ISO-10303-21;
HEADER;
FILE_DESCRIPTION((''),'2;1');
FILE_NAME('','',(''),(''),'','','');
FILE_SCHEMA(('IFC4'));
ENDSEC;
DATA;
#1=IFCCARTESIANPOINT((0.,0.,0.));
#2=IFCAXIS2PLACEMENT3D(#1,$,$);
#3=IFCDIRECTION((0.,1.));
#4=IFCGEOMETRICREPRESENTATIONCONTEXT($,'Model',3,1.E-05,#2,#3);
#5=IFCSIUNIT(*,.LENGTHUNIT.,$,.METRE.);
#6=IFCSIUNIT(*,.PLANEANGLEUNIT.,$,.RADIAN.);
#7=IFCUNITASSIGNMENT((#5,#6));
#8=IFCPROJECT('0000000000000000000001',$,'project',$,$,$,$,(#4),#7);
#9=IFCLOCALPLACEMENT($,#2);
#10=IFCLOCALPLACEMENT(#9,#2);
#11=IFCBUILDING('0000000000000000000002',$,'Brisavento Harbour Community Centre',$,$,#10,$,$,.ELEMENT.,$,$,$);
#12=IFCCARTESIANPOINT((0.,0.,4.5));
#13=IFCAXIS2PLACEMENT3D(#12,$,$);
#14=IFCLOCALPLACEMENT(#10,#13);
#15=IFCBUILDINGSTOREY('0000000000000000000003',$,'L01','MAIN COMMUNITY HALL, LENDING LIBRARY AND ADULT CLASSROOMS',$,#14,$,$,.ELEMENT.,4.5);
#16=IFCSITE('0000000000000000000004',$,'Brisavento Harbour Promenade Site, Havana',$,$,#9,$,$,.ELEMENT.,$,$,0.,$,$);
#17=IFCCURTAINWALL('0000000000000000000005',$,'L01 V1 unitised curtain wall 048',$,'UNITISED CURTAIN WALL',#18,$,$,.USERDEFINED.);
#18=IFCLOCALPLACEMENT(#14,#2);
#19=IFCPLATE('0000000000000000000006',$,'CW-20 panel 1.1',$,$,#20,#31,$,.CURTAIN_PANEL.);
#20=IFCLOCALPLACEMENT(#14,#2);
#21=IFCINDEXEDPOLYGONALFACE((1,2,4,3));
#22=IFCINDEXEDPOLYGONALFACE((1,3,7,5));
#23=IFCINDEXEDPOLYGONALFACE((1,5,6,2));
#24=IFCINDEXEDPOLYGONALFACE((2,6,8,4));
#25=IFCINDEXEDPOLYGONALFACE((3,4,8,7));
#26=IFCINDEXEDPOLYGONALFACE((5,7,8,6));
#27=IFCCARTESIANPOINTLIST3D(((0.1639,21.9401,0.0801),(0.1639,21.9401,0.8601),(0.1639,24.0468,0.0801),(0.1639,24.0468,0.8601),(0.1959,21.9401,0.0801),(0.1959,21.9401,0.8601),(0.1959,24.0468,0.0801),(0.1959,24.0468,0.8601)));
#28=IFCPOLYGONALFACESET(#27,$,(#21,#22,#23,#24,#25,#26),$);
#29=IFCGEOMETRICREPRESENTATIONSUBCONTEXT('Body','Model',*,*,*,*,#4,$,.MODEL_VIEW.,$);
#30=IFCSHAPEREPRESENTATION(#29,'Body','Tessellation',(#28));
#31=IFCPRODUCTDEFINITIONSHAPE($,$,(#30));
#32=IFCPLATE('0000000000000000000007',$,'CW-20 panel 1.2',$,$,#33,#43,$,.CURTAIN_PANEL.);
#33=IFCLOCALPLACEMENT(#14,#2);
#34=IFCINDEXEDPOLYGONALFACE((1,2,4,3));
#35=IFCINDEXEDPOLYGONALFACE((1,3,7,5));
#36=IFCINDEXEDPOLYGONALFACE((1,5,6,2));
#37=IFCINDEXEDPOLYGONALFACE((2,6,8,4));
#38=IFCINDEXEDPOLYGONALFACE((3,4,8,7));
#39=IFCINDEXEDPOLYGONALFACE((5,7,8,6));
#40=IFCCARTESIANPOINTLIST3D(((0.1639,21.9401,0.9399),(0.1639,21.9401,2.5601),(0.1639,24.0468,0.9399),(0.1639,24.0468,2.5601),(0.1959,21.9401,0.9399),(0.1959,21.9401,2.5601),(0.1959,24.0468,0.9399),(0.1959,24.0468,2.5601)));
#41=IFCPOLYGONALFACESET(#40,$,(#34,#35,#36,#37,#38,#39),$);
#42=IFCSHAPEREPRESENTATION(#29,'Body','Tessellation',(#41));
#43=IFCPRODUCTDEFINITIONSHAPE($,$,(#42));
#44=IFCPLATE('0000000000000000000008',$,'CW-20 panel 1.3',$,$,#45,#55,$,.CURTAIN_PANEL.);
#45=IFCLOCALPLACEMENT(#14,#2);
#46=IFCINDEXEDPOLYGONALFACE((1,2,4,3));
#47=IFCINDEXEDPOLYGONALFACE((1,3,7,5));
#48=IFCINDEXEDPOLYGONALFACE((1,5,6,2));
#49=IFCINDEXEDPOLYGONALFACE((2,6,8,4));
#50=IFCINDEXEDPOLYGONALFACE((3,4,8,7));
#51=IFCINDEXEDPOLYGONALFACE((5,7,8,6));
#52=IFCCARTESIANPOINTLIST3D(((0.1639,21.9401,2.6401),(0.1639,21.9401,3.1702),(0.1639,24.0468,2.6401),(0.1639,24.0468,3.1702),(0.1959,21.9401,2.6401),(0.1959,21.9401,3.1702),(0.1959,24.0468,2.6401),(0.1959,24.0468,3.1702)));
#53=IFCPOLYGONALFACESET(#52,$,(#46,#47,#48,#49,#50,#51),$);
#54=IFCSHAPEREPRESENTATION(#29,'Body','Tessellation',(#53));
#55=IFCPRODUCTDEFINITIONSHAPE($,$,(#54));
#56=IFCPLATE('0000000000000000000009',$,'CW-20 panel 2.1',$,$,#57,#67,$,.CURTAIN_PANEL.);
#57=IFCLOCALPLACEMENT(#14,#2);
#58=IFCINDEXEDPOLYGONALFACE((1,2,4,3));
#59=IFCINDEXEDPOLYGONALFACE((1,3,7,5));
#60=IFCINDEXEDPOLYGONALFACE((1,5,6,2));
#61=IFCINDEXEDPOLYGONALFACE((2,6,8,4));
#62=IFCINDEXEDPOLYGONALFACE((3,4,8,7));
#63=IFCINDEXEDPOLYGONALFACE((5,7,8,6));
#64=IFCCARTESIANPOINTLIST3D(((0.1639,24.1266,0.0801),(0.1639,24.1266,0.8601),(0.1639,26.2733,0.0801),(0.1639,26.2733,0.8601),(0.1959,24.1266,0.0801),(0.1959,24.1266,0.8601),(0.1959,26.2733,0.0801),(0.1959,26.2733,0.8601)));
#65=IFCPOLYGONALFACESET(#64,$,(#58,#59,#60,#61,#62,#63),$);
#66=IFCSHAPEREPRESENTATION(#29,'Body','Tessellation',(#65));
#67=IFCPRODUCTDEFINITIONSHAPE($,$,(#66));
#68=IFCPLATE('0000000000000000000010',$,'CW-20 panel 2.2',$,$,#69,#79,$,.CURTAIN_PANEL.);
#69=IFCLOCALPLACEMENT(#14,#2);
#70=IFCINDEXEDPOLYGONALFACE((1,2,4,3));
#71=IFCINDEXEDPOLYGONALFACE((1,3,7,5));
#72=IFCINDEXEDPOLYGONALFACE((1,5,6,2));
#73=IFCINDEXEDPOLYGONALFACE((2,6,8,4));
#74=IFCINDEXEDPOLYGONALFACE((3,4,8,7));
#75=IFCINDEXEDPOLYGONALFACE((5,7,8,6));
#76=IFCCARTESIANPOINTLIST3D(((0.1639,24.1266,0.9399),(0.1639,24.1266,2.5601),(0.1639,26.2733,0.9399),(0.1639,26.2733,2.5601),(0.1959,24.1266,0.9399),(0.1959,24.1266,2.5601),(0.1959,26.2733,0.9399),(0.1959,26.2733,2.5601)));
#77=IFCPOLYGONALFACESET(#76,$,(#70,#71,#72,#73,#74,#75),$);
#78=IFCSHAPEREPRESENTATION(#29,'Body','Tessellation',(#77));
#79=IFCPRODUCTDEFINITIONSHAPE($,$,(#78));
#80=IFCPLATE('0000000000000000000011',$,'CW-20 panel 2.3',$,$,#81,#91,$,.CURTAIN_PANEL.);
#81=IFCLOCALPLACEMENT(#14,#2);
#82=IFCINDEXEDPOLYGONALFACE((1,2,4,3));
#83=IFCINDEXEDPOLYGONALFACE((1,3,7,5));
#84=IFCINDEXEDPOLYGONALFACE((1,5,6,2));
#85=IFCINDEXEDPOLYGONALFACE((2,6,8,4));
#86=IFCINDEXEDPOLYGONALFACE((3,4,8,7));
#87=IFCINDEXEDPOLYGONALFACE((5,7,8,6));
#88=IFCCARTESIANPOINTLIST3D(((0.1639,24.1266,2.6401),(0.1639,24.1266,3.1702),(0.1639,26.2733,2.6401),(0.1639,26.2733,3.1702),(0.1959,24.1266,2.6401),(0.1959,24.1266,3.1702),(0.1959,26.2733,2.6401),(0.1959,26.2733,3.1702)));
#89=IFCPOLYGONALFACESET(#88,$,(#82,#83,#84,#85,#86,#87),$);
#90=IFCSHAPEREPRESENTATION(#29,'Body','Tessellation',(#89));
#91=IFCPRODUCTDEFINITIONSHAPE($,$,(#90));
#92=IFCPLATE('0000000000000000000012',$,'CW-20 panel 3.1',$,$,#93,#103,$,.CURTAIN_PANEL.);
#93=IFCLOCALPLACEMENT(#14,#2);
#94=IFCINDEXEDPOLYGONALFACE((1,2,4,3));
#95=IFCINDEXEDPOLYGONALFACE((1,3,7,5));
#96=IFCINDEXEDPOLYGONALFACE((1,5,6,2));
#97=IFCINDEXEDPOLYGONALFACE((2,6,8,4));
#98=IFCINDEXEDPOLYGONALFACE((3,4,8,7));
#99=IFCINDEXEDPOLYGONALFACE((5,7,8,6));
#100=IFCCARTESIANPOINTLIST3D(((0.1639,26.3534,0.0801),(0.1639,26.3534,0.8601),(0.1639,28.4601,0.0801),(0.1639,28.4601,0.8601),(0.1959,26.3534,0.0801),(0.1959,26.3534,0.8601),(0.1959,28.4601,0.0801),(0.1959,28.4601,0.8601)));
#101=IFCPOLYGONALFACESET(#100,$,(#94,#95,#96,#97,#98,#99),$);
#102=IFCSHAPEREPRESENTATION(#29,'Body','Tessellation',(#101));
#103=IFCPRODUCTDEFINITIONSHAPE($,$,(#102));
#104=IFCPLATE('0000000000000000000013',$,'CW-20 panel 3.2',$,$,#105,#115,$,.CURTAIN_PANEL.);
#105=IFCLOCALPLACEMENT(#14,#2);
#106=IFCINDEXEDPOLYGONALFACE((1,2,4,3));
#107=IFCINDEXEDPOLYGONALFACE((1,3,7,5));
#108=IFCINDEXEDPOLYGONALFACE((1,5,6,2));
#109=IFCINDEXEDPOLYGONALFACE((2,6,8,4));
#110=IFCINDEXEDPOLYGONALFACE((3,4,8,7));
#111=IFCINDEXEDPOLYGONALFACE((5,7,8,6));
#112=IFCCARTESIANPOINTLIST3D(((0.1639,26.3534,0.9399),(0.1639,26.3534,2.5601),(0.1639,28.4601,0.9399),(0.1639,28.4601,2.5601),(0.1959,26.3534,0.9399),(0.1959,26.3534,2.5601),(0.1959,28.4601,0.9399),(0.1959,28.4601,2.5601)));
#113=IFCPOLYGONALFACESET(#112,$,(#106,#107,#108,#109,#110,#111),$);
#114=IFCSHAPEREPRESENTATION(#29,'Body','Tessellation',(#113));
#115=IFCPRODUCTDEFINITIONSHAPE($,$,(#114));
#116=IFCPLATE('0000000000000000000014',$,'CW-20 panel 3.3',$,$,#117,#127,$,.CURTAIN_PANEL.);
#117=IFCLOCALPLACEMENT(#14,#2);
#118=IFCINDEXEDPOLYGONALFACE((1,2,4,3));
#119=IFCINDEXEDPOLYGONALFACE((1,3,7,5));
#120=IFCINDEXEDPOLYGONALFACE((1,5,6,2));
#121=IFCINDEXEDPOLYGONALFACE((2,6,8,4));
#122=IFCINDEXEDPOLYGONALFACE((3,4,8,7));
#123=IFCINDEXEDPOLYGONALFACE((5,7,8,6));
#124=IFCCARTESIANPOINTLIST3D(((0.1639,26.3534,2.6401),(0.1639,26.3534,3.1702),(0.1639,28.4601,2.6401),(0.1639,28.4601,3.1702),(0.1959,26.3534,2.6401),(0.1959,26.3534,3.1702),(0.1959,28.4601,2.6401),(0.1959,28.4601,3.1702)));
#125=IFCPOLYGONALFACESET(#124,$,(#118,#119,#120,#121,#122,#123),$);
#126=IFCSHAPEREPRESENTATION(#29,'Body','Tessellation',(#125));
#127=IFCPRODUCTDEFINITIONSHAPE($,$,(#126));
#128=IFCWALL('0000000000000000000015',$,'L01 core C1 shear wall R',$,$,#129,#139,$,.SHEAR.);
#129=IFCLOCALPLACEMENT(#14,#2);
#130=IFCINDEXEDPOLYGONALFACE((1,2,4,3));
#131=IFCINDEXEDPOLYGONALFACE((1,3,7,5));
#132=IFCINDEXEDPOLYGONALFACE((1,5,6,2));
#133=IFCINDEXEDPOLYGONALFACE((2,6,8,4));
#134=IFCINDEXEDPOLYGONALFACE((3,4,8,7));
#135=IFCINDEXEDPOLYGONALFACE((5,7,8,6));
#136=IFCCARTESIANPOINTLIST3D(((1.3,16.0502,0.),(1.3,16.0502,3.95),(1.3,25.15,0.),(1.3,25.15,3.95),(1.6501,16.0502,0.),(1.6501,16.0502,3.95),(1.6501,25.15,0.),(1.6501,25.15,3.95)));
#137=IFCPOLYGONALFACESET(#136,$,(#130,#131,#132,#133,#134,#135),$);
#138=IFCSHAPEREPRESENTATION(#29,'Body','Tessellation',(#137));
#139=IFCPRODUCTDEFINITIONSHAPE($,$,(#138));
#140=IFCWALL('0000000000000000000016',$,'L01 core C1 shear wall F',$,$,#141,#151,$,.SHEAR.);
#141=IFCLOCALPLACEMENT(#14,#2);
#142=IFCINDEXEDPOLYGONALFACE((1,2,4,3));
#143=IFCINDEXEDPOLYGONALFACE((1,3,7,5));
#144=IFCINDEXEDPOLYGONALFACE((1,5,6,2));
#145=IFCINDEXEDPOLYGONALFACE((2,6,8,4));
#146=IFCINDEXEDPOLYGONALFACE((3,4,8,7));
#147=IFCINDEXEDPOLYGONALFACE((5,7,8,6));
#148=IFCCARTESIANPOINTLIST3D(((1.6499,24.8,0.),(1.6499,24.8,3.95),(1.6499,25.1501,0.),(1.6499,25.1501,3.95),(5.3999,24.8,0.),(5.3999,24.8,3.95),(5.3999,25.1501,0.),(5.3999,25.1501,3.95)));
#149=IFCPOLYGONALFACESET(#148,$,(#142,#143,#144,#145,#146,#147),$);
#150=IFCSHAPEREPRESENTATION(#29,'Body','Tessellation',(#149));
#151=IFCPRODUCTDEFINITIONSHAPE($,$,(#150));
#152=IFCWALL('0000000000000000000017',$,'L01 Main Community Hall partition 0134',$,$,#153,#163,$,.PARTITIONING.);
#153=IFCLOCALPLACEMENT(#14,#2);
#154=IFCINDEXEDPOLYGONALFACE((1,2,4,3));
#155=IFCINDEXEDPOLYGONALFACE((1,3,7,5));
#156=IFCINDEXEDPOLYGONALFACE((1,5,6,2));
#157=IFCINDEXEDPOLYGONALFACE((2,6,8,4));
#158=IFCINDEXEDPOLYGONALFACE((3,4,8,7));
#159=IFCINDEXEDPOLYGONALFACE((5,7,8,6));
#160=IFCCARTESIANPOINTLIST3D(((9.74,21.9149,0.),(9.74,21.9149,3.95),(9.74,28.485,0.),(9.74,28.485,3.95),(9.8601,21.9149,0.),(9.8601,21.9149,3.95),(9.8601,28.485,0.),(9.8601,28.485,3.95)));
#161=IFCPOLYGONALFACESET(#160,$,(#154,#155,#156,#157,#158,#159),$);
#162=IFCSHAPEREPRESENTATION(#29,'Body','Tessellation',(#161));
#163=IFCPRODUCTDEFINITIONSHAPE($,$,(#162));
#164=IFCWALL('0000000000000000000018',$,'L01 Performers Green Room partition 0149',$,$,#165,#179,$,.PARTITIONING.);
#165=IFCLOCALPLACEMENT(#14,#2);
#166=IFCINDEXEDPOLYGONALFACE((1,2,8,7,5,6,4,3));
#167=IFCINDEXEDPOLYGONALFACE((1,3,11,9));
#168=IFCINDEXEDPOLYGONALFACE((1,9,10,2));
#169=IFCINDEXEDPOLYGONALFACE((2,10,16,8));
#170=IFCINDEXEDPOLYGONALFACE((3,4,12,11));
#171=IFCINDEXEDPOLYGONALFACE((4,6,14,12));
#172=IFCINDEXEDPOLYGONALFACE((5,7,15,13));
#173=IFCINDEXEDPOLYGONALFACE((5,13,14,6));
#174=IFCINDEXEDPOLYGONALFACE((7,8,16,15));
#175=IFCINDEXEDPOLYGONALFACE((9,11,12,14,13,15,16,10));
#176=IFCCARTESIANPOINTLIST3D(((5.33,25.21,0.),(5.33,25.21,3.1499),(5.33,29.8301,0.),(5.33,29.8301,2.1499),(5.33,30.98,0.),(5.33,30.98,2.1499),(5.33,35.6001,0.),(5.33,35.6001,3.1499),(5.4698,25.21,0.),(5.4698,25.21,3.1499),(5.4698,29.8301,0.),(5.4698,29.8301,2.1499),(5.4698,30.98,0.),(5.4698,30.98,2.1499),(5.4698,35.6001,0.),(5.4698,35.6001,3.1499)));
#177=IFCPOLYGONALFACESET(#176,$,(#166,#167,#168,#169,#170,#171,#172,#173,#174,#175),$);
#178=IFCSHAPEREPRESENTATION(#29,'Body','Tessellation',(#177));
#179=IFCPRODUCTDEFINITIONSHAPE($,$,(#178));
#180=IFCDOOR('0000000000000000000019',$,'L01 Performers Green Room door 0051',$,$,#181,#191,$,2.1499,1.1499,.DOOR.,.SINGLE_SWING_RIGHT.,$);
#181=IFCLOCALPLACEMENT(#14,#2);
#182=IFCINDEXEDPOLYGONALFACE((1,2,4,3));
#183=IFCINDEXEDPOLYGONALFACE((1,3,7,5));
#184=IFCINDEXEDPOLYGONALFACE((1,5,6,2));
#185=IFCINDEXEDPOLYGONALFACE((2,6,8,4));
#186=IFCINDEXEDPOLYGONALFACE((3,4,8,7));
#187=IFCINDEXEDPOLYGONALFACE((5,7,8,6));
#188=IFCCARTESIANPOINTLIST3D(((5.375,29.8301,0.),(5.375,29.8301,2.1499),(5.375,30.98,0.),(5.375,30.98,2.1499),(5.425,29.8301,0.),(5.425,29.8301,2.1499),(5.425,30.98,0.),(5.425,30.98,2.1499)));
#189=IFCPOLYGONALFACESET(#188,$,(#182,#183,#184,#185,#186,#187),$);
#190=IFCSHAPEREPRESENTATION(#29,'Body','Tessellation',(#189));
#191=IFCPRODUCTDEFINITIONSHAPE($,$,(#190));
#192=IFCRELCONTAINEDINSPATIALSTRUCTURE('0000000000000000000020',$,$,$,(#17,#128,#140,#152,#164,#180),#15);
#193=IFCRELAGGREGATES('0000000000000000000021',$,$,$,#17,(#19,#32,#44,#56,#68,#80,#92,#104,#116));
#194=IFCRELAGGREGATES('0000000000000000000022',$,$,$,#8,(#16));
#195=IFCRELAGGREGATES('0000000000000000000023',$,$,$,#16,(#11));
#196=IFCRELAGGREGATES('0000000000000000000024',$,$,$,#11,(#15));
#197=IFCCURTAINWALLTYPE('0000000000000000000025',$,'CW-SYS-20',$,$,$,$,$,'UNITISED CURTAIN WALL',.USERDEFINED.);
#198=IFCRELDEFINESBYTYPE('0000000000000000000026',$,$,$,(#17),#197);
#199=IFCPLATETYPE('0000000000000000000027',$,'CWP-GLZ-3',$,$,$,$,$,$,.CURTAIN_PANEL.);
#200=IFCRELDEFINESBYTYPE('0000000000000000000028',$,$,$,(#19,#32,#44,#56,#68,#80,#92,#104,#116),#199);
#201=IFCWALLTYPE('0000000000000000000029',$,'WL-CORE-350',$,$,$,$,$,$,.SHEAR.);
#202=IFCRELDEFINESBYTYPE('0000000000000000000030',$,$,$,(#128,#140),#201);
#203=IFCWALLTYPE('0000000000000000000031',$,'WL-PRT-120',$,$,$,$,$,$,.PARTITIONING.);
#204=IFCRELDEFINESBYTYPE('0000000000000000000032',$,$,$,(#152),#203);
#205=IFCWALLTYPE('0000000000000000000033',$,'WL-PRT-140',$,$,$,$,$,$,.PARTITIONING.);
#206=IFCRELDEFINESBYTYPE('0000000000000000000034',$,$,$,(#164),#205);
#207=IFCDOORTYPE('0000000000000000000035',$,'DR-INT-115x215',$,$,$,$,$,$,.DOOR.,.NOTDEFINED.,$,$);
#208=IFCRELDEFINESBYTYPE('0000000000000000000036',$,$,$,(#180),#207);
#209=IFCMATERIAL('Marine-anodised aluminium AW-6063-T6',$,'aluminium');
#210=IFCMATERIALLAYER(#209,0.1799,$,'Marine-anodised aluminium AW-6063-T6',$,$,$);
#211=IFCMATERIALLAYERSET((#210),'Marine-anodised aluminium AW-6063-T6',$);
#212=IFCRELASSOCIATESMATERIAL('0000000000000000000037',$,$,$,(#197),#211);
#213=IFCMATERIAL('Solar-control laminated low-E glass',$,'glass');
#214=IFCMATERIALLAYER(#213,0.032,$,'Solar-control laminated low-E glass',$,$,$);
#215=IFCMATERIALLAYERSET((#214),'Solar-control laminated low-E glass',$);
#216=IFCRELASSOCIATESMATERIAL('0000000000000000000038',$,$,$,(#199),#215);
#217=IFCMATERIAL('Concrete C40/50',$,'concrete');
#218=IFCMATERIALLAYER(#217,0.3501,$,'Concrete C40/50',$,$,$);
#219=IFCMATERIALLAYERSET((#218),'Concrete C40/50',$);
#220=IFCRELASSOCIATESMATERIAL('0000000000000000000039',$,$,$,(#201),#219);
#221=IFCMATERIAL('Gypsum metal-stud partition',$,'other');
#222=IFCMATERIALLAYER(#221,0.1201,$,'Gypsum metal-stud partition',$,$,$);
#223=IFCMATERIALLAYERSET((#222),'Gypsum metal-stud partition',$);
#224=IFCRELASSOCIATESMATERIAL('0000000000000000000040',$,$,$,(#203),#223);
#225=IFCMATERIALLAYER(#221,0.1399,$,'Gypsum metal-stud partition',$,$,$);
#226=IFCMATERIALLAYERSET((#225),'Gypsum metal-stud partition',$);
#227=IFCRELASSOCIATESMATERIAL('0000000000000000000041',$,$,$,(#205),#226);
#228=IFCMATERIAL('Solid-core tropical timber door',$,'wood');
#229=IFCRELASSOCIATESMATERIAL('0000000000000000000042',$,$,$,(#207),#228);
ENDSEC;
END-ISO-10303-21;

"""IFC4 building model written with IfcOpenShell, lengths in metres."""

from ifc_helpers import new_model, si_unit, direction, frame, frame_2d, origin, origin_2d, place, context, subcontext, project, spatial, rectangle, extrude, material, layer, layer_set, type_object, element, fill, aggregate, save


model = new_model("IFC4")

# Units and contexts
model_context = context("Model", 3, precision=1e-05, world=origin(), true_north=direction((0.0, 1.0)))
body_context = subcontext(model_context, "Body", "Model", "MODEL_VIEW")
ifc_project = project(units=[si_unit("LENGTHUNIT", "METRE"), si_unit("PLANEANGLEUNIT", "RADIAN")], contexts=[model_context])

# Site, building, storey
site_placement = place(None, origin())
site = spatial("IfcSite", under=ifc_project, at=site_placement, Name="Brisavento Harbour Promenade Site, Havana", CompositionType="ELEMENT", RefElevation=0.0)
building_placement = place(site_placement, origin())
building = spatial("IfcBuilding", under=site, at=building_placement, Name="Brisavento Harbour Community Centre", CompositionType="ELEMENT")
storey_placement = place(building_placement, frame((0.0, 0.0, 4.5)))
storey = spatial("IfcBuildingStorey", under=building, at=storey_placement, Name="L01", Description="MAIN COMMUNITY HALL, LENDING LIBRARY AND ADULT CLASSROOMS", CompositionType="ELEMENT", Elevation=4.5)

# Curtain wall, plates
ifc_material_1 = material(Name="Marine-anodised aluminium AW-6063-T6", Category="aluminium")
ifc_layer_1 = layer(ifc_material_1, 0.1799, Name="Marine-anodised aluminium AW-6063-T6")
ifc_layer_set_1 = layer_set([ifc_layer_1], Name="Marine-anodised aluminium AW-6063-T6")
curtain_wall_type = type_object("IfcCurtainWallType", Name="CW-SYS-20", ElementType="UNITISED CURTAIN WALL", PredefinedType="USERDEFINED", material=ifc_layer_set_1)
curtain_wall_placement = place(storey_placement, origin())
curtain_wall = element("IfcCurtainWall", 1, at=curtain_wall_placement, inside=storey, type_object=curtain_wall_type, Name="L01 V1 unitised curtain wall 048", ObjectType="UNITISED CURTAIN WALL", PredefinedType="USERDEFINED")
ifc_material_2 = material(Name="Solar-control laminated low-E glass", Category="glass")
ifc_layer_2 = layer(ifc_material_2, 0.032, Name="Solar-control laminated low-E glass")
ifc_layer_set_2 = layer_set([ifc_layer_2], Name="Solar-control laminated low-E glass")
plate_type = type_object("IfcPlateType", Name="CWP-GLZ-3", PredefinedType="CURTAIN_PANEL", material=ifc_layer_set_2)
plate_1_placement = place(storey_placement, frame((0.1799, 22.9934, 0.0801), z_axis=(0.0, 0.0, 1.0), x_axis=(0.0, 1.0, 0.0)))
plate_1 = element("IfcPlate", 2, at=plate_1_placement, type_object=plate_type, Name="CW-20 panel 1.1", PredefinedType="CURTAIN_PANEL", context=body_context, shape_type="SweptSolid", body=[
    extrude(rectangle(XDim=2.1067, YDim=0.032, at=origin_2d()), origin(), (0.0, 0.0, 1.0), 0.78),
])
plate_2_placement = place(storey_placement, frame((0.1799, 22.9934, 0.9399), z_axis=(0.0, 0.0, 1.0), x_axis=(0.0, 1.0, 0.0)))
plate_2 = element("IfcPlate", 3, at=plate_2_placement, type_object=plate_type, Name="CW-20 panel 1.2", PredefinedType="CURTAIN_PANEL", context=body_context, shape_type="SweptSolid", body=[
    extrude(rectangle(XDim=2.1067, YDim=0.032, at=origin_2d()), origin(), (0.0, 0.0, 1.0), 1.6201),
])
plate_3_placement = place(storey_placement, frame((0.1799, 22.9934, 2.6401), z_axis=(0.0, 0.0, 1.0), x_axis=(0.0, 1.0, 0.0)))
plate_3 = element("IfcPlate", 4, at=plate_3_placement, type_object=plate_type, Name="CW-20 panel 1.3", PredefinedType="CURTAIN_PANEL", context=body_context, shape_type="SweptSolid", body=[
    extrude(rectangle(XDim=2.1067, YDim=0.032, at=origin_2d()), origin(), (0.0, 0.0, 1.0), 0.53),
])
plate_4_placement = place(storey_placement, frame((0.1799, 25.2, 0.0801), z_axis=(0.0, 0.0, 1.0), x_axis=(0.0, 1.0, 0.0)))
plate_4 = element("IfcPlate", 5, at=plate_4_placement, type_object=plate_type, Name="CW-20 panel 2.1", PredefinedType="CURTAIN_PANEL", context=body_context, shape_type="SweptSolid", body=[
    extrude(rectangle(XDim=2.1467, YDim=0.032, at=origin_2d()), origin(), (0.0, 0.0, 1.0), 0.78),
])
plate_5_placement = place(storey_placement, frame((0.1799, 25.2, 0.9399), z_axis=(0.0, 0.0, 1.0), x_axis=(0.0, 1.0, 0.0)))
plate_5 = element("IfcPlate", 6, at=plate_5_placement, type_object=plate_type, Name="CW-20 panel 2.2", PredefinedType="CURTAIN_PANEL", context=body_context, shape_type="SweptSolid", body=[
    extrude(rectangle(XDim=2.1467, YDim=0.032, at=origin_2d()), origin(), (0.0, 0.0, 1.0), 1.6201),
])
plate_6_placement = place(storey_placement, frame((0.1799, 25.2, 2.6401), z_axis=(0.0, 0.0, 1.0), x_axis=(0.0, 1.0, 0.0)))
plate_6 = element("IfcPlate", 7, at=plate_6_placement, type_object=plate_type, Name="CW-20 panel 2.3", PredefinedType="CURTAIN_PANEL", context=body_context, shape_type="SweptSolid", body=[
    extrude(rectangle(XDim=2.1467, YDim=0.032, at=origin_2d()), origin(), (0.0, 0.0, 1.0), 0.53),
])
plate_7_placement = place(storey_placement, frame((0.1799, 27.4067, 0.0801), z_axis=(0.0, 0.0, 1.0), x_axis=(0.0, 1.0, 0.0)))
plate_7 = element("IfcPlate", 8, at=plate_7_placement, type_object=plate_type, Name="CW-20 panel 3.1", PredefinedType="CURTAIN_PANEL", context=body_context, shape_type="SweptSolid", body=[
    extrude(rectangle(XDim=2.1067, YDim=0.032, at=origin_2d()), origin(), (0.0, 0.0, 1.0), 0.78),
])
plate_8_placement = place(storey_placement, frame((0.1799, 27.4067, 0.9399), z_axis=(0.0, 0.0, 1.0), x_axis=(0.0, 1.0, 0.0)))
plate_8 = element("IfcPlate", 9, at=plate_8_placement, type_object=plate_type, Name="CW-20 panel 3.2", PredefinedType="CURTAIN_PANEL", context=body_context, shape_type="SweptSolid", body=[
    extrude(rectangle(XDim=2.1067, YDim=0.032, at=origin_2d()), origin(), (0.0, 0.0, 1.0), 1.6201),
])
plate_9_placement = place(storey_placement, frame((0.1799, 27.4067, 2.6401), z_axis=(0.0, 0.0, 1.0), x_axis=(0.0, 1.0, 0.0)))
plate_9 = element("IfcPlate", 10, at=plate_9_placement, type_object=plate_type, Name="CW-20 panel 3.3", PredefinedType="CURTAIN_PANEL", context=body_context, shape_type="SweptSolid", body=[
    extrude(rectangle(XDim=2.1067, YDim=0.032, at=origin_2d()), origin(), (0.0, 0.0, 1.0), 0.53),
])
aggregate(curtain_wall, [plate_1, plate_2, plate_3, plate_4, plate_5, plate_6, plate_7, plate_8, plate_9])

# Walls
ifc_material_3 = material(Name="Concrete C40/50", Category="concrete")
ifc_layer_3 = layer(ifc_material_3, 0.3501, Name="Concrete C40/50")
ifc_layer_set_3 = layer_set([ifc_layer_3], Name="Concrete C40/50")
wall_type_1 = type_object("IfcWallType", Name="WL-CORE-350", PredefinedType="SHEAR", material=ifc_layer_set_3)
wall_1_placement = place(storey_placement, frame((1.4751, 25.1499, 0.0), z_axis=(0.0, 0.0, 1.0), x_axis=(0.0, -1.0, 0.0)))
element("IfcWall", 11, at=wall_1_placement, inside=storey, type_object=wall_type_1, Name="L01 core C1 shear wall R", PredefinedType="SHEAR", context=body_context, shape_type="SweptSolid", body=[
    extrude(rectangle(XDim=9.0999, YDim=0.3501, at=frame_2d((4.5498, 0.0))), origin(), (0.0, 0.0, 1.0), 3.95),
])
wall_2_placement = place(storey_placement, frame((5.3999, 24.9751, 0.0), z_axis=(0.0, 0.0, 1.0), x_axis=(-1.0, 0.0, 0.0)))
element("IfcWall", 12, at=wall_2_placement, inside=storey, type_object=wall_type_1, Name="L01 core C1 shear wall F", PredefinedType="SHEAR", context=body_context, shape_type="SweptSolid", body=[
    extrude(rectangle(XDim=3.75, YDim=0.3501, at=frame_2d((1.875, 0.0))), origin(), (0.0, 0.0, 1.0), 3.95),
])
ifc_material_4 = material(Name="Gypsum metal-stud partition", Category="other")
ifc_layer_4 = layer(ifc_material_4, 0.1201, Name="Gypsum metal-stud partition")
ifc_layer_set_4 = layer_set([ifc_layer_4], Name="Gypsum metal-stud partition")
wall_type_2 = type_object("IfcWallType", Name="WL-PRT-120", PredefinedType="PARTITIONING", material=ifc_layer_set_4)
wall_3_placement = place(storey_placement, frame((9.8, 28.4851, 0.0), z_axis=(0.0, 0.0, 1.0), x_axis=(0.0, -1.0, 0.0)))
element("IfcWall", 13, at=wall_3_placement, inside=storey, type_object=wall_type_2, Name="L01 Main Community Hall partition 0134", PredefinedType="PARTITIONING", context=body_context, shape_type="SweptSolid", body=[
    extrude(rectangle(XDim=6.5701, YDim=0.1201, at=frame_2d((3.2852, 0.0))), origin(), (0.0, 0.0, 1.0), 3.95),
])

# Wall, opening, door
ifc_layer_5 = layer(ifc_material_4, 0.1399, Name="Gypsum metal-stud partition")
ifc_layer_set_5 = layer_set([ifc_layer_5], Name="Gypsum metal-stud partition")
wall_type_3 = type_object("IfcWallType", Name="WL-PRT-140", PredefinedType="PARTITIONING", material=ifc_layer_set_5)
wall_4_placement = place(storey_placement, frame((5.3999, 25.21, 0.0), z_axis=(0.0, 0.0, 1.0), x_axis=(0.0, 1.0, 0.0)))
wall_4 = element("IfcWall", 14, at=wall_4_placement, inside=storey, type_object=wall_type_3, Name="L01 Performers Green Room partition 0149", PredefinedType="PARTITIONING", context=body_context, shape_type="SweptSolid", body=[
    extrude(rectangle(XDim=10.3901, YDim=0.1399, at=frame_2d((5.1951, 0.0))), origin(), (0.0, 0.0, 1.0), 3.1499),
])
opening_placement = place(wall_4_placement, frame((4.6201, 0.0, 0.0)))
opening = element("IfcOpeningElement", 15, at=opening_placement, cuts=wall_4, PredefinedType="OPENING", context=body_context, shape_type="SweptSolid", body=[
    extrude(rectangle(XDim=1.1499, YDim=2.1499, at=frame_2d((0.575, 1.075))), frame((0.0, 0.0801, 0.0), z_axis=(0.0, -1.0, 0.0), x_axis=(1.0, 0.0, 0.0)), (0.0, 0.0, 1.0), 0.1599),
])
ifc_material_5 = material(Name="Solid-core tropical timber door", Category="wood")
door_type = type_object("IfcDoorType", Name="DR-INT-115x215", OperationType="NOTDEFINED", PredefinedType="DOOR", material=ifc_material_5)
door_placement = place(opening_placement, origin())
door = element("IfcDoor", 16, at=door_placement, inside=storey, type_object=door_type, Name="L01 Performers Green Room door 0051", OperationType="SINGLE_SWING_RIGHT", OverallHeight=2.1499, OverallWidth=1.1499, PredefinedType="DOOR", context=body_context, shape_type="SweptSolid", body=[
    extrude(rectangle(XDim=1.1499, YDim=2.1499, at=frame_2d((0.575, 1.075))), frame((0.0, 0.0249, 0.0), z_axis=(0.0, -1.0, 0.0), x_axis=(1.0, 0.0, 0.0)), (0.0, 0.0, 1.0), 0.05),
])
fill(opening, door)

save(model, "model.ifc")
